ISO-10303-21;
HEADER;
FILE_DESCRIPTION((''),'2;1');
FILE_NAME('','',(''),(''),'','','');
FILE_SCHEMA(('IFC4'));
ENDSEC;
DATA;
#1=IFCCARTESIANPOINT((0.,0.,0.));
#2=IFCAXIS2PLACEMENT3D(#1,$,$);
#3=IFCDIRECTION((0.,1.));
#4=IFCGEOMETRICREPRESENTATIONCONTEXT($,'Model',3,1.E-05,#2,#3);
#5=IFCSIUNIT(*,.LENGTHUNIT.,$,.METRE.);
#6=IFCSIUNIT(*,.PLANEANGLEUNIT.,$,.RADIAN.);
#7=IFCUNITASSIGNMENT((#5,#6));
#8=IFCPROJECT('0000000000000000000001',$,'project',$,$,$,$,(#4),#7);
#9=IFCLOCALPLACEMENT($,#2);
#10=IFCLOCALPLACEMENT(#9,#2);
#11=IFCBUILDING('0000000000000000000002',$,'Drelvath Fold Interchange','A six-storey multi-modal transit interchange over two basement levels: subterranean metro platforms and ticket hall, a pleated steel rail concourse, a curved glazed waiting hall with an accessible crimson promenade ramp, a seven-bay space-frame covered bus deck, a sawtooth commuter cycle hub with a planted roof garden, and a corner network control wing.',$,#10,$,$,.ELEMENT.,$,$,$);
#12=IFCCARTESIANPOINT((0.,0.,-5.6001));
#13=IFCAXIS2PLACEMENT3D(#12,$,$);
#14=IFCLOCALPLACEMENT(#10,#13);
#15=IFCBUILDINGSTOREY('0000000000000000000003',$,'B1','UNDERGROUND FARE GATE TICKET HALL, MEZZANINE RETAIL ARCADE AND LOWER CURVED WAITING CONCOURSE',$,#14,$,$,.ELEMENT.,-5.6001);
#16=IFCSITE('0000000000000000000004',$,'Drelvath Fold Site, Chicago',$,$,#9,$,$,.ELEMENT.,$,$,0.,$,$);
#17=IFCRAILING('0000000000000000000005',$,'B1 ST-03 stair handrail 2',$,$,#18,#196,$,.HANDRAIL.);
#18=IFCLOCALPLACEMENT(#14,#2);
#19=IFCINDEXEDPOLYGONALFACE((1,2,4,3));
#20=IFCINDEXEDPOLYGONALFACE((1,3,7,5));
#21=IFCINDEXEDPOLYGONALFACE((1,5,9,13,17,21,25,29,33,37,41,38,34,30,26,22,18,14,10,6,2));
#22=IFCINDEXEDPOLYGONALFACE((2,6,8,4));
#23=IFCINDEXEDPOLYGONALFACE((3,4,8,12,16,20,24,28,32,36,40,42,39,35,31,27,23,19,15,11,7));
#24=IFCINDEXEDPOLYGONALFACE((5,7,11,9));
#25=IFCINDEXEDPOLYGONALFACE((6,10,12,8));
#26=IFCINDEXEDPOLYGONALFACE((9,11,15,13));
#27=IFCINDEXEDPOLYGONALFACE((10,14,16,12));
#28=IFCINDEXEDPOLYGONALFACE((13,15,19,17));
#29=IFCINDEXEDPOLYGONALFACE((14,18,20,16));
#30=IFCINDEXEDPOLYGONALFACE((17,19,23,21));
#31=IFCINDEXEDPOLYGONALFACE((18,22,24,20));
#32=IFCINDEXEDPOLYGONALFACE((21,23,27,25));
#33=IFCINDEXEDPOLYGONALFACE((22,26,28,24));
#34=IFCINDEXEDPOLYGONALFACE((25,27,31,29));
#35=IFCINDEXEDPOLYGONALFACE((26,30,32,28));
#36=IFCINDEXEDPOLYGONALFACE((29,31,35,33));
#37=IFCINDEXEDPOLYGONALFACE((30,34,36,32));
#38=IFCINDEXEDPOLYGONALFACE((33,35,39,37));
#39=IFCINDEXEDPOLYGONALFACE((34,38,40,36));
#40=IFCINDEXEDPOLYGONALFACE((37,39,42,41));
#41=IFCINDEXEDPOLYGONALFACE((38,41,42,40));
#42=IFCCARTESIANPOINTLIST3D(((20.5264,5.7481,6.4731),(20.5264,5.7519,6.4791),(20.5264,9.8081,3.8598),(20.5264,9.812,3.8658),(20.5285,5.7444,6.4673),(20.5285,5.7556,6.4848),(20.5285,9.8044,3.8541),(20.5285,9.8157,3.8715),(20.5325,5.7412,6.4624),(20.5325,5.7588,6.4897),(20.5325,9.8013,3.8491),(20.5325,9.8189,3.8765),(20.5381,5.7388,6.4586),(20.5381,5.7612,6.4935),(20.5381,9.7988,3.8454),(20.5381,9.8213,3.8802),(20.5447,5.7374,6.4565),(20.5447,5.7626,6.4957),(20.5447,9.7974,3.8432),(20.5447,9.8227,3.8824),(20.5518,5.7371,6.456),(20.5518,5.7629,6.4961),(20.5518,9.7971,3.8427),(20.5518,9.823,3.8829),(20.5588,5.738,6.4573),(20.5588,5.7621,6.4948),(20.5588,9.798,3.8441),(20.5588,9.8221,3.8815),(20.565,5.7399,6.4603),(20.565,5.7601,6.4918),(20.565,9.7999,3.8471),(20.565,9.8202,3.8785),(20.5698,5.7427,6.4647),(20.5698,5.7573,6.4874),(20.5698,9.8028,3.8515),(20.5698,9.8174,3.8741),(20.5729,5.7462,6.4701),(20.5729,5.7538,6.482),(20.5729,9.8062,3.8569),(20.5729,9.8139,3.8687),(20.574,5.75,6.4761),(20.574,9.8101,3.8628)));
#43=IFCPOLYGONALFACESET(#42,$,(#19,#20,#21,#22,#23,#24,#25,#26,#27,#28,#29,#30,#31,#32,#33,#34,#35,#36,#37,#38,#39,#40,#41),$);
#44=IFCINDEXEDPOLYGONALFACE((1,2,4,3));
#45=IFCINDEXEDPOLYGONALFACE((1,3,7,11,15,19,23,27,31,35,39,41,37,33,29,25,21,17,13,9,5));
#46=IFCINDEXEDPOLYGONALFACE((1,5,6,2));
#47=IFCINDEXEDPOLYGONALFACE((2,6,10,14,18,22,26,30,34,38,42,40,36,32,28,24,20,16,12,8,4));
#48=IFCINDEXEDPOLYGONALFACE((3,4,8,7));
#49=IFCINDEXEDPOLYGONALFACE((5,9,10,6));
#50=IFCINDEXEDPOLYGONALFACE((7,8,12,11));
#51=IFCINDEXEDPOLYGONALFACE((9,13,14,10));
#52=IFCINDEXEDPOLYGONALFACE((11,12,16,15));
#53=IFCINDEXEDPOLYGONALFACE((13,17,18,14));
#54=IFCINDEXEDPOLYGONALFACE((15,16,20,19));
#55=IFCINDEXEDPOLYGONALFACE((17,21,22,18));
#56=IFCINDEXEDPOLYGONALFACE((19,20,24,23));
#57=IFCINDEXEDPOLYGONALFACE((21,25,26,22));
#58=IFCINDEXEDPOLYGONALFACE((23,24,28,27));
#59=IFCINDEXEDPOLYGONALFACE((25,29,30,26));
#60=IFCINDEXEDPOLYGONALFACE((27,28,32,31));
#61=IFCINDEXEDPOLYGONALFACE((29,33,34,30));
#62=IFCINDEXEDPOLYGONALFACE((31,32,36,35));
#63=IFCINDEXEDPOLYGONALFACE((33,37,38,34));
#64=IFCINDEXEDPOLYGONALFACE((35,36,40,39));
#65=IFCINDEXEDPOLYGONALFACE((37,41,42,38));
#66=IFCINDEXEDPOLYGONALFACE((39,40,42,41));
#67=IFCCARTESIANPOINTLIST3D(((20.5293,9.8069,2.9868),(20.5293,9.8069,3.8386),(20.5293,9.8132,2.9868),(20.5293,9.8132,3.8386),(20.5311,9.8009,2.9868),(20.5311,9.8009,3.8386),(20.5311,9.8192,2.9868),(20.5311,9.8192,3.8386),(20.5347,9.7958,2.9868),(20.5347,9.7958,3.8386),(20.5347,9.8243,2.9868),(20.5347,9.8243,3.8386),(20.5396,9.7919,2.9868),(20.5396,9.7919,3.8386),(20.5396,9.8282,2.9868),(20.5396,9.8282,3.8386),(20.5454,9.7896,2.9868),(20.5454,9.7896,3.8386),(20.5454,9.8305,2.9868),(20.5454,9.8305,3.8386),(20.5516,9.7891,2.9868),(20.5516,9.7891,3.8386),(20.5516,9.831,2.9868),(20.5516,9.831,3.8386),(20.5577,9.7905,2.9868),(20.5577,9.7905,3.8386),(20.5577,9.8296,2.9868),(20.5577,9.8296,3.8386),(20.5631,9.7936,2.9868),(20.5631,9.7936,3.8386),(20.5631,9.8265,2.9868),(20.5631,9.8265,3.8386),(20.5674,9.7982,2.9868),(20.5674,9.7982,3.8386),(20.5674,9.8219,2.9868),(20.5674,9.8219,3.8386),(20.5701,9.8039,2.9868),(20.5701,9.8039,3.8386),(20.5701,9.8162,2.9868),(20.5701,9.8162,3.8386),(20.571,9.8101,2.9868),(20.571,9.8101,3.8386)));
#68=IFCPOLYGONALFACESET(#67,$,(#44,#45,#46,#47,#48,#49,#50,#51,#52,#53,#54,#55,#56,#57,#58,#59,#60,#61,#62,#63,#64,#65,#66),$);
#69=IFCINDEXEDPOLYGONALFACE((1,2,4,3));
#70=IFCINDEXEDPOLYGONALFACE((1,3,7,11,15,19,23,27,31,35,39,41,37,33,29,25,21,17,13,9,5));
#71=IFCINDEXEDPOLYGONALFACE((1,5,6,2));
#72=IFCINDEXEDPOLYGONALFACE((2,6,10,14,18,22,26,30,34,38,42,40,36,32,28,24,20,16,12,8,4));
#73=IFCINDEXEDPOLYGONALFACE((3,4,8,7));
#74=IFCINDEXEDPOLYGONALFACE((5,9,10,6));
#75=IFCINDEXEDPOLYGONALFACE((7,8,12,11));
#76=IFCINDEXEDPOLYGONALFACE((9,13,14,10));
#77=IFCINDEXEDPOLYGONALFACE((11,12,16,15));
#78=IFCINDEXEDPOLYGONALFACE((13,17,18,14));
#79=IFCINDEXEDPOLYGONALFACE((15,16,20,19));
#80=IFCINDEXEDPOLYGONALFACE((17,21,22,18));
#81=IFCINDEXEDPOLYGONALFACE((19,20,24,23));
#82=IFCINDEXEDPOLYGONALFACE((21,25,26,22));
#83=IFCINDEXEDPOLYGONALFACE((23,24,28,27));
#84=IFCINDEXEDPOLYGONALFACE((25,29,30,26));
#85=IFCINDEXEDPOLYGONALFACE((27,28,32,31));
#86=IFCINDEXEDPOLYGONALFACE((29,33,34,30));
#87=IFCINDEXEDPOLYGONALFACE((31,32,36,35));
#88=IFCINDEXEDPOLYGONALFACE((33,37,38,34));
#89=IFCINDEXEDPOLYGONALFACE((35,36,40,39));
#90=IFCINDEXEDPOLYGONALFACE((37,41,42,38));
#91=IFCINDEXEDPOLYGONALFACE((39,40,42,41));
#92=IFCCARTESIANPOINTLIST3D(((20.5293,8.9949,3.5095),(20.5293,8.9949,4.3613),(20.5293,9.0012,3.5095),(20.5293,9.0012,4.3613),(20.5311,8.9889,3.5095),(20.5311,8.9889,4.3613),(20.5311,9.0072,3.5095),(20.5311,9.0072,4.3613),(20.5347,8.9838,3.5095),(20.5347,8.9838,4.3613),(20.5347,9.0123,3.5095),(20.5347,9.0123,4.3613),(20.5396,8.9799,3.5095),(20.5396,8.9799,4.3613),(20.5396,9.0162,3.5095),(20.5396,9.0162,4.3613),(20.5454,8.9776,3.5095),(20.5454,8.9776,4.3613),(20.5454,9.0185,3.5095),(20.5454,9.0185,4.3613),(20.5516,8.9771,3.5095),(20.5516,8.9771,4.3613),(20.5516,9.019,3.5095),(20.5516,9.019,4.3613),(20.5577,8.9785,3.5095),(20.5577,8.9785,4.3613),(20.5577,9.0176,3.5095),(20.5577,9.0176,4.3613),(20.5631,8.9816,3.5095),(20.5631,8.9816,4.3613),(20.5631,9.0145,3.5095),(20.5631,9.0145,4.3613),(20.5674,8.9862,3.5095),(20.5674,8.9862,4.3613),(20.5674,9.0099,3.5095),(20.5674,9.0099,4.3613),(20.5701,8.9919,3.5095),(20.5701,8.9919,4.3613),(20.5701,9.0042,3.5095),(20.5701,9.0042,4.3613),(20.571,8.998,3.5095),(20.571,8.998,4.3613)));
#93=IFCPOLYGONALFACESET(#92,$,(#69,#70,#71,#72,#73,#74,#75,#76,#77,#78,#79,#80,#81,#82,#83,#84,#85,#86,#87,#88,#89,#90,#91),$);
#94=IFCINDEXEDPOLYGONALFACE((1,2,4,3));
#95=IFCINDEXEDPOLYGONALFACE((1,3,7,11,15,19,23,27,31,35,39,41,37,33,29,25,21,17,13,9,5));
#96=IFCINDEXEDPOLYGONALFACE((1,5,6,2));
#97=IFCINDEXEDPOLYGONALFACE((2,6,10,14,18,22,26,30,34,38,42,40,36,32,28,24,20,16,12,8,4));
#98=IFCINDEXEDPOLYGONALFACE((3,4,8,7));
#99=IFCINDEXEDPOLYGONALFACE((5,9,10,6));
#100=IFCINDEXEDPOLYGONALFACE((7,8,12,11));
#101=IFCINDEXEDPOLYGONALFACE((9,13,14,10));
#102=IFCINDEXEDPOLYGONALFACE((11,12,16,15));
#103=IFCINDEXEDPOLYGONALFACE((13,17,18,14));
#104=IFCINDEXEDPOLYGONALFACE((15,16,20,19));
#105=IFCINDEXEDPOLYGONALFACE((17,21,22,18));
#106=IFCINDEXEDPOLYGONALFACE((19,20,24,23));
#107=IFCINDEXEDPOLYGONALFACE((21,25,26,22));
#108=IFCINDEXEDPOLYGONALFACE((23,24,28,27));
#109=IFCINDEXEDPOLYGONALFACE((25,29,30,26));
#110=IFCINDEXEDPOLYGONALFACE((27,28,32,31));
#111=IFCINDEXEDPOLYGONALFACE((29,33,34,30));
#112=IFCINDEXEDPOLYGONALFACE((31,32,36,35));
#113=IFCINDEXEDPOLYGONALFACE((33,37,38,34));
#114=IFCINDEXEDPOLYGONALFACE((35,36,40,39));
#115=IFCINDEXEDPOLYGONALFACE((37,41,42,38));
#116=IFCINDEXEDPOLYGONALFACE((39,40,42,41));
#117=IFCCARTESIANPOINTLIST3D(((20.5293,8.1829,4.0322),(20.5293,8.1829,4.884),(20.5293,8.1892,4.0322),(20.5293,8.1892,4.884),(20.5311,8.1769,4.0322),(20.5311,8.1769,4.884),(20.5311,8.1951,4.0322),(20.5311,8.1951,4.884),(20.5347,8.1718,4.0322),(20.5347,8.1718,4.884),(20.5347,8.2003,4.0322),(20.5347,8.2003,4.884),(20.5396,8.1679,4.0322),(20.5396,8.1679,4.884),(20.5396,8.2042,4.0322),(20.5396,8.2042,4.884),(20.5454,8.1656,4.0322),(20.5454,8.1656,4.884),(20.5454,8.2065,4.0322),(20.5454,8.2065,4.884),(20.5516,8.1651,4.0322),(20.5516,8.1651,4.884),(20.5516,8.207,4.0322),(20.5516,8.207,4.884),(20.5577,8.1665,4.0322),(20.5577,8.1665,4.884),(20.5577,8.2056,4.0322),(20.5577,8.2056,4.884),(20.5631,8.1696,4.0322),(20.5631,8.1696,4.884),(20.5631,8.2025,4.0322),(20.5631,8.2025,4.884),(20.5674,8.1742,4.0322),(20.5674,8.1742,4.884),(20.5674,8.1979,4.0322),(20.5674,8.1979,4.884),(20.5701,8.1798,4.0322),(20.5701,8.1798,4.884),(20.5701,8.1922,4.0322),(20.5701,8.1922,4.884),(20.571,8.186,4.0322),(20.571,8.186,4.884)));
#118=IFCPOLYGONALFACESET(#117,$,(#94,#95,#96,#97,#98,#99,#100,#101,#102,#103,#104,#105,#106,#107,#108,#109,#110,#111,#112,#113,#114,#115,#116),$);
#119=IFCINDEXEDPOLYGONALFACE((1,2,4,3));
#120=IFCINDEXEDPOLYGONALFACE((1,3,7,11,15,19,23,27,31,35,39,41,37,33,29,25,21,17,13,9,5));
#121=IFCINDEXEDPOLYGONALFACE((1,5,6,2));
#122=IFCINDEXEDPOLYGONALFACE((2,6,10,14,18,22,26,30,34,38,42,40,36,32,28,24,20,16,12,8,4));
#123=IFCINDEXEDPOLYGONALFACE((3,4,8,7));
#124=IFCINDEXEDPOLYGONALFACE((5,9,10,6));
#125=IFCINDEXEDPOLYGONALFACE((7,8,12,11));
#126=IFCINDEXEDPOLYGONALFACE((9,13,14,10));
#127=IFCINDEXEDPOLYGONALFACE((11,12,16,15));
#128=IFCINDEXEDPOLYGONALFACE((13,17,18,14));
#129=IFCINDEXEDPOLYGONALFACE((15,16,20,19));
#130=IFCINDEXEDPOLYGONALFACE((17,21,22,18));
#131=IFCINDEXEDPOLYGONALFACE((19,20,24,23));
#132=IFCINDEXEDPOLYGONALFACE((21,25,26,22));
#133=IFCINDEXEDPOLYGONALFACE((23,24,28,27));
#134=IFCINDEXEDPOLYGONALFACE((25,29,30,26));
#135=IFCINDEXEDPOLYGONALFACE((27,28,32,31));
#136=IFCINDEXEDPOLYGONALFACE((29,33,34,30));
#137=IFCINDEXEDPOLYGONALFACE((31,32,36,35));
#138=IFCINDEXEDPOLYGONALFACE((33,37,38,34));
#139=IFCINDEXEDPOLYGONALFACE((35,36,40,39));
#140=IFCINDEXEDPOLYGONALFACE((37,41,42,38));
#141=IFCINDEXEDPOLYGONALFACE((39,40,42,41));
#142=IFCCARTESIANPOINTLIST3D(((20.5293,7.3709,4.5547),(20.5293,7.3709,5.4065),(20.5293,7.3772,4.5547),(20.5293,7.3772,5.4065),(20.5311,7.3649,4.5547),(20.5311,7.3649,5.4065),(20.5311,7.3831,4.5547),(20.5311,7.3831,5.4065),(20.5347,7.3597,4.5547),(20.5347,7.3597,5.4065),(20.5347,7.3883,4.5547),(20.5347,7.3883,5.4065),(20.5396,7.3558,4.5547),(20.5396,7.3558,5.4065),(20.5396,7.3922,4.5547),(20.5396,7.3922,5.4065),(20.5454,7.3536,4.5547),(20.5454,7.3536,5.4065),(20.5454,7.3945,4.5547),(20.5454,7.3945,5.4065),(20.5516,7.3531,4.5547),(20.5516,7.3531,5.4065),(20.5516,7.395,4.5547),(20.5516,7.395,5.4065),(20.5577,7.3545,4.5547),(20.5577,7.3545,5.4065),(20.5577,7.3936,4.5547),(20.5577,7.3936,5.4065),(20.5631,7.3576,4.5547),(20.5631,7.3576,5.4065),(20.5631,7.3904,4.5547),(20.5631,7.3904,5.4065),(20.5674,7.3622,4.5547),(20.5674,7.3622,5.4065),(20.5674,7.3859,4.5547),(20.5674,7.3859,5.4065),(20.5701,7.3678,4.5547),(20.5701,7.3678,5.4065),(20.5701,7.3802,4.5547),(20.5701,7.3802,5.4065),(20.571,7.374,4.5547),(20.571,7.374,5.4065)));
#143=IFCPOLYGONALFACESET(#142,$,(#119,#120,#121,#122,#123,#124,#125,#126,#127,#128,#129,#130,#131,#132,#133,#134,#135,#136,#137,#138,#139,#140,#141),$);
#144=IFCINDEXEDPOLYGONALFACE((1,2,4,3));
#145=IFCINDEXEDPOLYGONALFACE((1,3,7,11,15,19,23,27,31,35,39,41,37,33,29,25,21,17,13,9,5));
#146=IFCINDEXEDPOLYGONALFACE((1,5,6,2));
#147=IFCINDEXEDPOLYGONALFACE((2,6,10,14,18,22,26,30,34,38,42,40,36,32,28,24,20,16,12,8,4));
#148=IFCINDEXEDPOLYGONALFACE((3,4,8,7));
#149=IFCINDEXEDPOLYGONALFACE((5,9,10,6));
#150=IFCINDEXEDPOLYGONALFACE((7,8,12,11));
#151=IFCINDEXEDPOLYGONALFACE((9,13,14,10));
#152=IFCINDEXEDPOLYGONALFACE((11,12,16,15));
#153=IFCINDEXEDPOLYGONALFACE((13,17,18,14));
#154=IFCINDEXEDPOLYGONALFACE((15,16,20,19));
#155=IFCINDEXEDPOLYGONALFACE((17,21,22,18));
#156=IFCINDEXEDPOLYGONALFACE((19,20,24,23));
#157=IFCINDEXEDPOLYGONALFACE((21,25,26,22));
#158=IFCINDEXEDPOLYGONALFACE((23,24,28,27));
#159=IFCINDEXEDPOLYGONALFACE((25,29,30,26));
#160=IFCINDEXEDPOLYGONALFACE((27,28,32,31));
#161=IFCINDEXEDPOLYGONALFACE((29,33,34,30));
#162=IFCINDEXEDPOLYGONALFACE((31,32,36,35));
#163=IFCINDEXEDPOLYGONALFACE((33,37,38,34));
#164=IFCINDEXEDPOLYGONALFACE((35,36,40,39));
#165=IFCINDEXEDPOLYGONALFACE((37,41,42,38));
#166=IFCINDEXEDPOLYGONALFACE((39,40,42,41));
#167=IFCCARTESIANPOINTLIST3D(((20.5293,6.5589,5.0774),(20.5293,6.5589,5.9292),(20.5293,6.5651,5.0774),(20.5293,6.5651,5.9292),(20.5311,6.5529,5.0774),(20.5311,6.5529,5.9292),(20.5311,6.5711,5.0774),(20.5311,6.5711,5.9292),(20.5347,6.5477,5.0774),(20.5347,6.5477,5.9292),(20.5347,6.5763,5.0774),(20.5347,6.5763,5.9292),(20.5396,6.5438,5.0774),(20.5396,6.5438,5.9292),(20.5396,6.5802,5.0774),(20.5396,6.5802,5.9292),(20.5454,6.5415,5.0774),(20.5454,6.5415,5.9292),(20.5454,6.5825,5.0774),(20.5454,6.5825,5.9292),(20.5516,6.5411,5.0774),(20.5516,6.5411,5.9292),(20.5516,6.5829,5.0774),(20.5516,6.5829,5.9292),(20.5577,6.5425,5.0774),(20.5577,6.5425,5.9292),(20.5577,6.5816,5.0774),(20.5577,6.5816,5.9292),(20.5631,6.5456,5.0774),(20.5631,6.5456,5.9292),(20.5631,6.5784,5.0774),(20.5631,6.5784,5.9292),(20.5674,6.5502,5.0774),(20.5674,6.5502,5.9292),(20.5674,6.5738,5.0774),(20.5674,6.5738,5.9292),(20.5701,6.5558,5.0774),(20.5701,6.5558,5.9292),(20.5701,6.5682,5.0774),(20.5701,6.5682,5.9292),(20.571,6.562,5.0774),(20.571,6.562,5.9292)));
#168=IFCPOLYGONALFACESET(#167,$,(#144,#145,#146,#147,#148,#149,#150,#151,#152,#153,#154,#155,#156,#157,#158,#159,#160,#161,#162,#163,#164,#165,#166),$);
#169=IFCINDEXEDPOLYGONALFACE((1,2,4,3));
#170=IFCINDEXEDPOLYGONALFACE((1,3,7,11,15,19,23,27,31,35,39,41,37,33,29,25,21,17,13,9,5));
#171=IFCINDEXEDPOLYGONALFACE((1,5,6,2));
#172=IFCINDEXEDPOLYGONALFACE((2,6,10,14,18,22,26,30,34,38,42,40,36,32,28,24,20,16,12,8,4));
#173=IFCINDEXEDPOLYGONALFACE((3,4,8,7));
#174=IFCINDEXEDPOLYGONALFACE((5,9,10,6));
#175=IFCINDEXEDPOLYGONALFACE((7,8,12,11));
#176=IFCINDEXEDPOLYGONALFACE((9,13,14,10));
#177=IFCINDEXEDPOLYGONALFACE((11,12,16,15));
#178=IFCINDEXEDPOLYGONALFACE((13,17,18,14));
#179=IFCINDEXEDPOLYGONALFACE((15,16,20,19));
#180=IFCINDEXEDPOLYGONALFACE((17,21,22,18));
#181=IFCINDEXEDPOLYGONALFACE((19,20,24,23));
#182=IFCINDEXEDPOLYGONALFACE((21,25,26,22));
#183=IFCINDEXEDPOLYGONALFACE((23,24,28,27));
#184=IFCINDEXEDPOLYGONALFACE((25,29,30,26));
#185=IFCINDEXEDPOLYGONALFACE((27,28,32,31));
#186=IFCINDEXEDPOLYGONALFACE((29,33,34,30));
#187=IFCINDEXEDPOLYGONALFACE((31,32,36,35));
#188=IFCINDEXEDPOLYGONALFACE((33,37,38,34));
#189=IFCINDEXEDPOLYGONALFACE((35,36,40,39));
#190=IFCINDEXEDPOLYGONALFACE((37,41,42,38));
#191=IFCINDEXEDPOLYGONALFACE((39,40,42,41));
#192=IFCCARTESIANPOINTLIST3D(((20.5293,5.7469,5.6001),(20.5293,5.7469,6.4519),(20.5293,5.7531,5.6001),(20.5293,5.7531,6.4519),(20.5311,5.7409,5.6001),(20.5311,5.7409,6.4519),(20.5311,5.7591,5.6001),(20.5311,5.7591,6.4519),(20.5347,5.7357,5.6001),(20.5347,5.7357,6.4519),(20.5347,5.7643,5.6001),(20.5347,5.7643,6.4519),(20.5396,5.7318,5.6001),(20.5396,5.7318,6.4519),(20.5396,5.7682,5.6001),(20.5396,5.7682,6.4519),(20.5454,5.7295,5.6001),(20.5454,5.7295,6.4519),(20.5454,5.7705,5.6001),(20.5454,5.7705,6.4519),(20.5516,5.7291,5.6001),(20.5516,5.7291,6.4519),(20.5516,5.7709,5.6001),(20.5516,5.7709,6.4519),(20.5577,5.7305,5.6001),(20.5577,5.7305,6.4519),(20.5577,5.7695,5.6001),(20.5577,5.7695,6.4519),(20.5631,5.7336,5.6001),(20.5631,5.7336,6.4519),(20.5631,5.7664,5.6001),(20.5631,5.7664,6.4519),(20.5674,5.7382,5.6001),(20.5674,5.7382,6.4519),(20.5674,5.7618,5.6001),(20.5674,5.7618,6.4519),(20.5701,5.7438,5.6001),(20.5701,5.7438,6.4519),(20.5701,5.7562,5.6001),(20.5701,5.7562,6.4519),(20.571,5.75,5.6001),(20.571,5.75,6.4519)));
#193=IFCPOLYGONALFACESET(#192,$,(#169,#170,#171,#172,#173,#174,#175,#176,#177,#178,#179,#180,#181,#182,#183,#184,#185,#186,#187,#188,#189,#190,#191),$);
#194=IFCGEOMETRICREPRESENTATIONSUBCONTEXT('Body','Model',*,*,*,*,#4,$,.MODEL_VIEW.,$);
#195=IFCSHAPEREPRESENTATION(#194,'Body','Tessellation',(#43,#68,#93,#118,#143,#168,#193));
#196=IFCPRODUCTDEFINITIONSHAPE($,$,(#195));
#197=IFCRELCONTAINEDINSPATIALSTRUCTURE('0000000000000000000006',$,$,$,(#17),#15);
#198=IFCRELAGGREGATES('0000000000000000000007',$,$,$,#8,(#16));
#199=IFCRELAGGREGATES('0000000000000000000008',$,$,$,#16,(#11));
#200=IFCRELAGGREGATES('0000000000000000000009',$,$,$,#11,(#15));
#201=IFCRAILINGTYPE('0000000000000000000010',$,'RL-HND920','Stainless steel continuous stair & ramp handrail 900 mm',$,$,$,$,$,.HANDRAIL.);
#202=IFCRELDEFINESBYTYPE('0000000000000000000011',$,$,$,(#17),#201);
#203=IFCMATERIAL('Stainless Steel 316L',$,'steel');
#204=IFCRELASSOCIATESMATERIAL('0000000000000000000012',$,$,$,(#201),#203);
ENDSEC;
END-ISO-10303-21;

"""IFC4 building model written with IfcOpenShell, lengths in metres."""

from ifc_helpers import new_model, si_unit, direction, frame, origin, origin_2d, place, context, subcontext, project, spatial, circle, extrude, material, type_object, element, save


model = new_model("IFC4")

# Units and contexts
model_context = context("Model", 3, precision=1e-05, world=origin(), true_north=direction((0.0, 1.0)))
body_context = subcontext(model_context, "Body", "Model", "MODEL_VIEW")
ifc_project = project(units=[si_unit("LENGTHUNIT", "METRE"), si_unit("PLANEANGLEUNIT", "RADIAN")], contexts=[model_context])

# Site, building, storey
site_placement = place(None, origin())
site = spatial("IfcSite", under=ifc_project, at=site_placement, Name="Drelvath Fold Site, Chicago", CompositionType="ELEMENT", RefElevation=0.0)
building_placement = place(site_placement, origin())
building = spatial("IfcBuilding", under=site, at=building_placement, Name="Drelvath Fold Interchange", Description="A six-storey multi-modal transit interchange over two basement levels: subterranean metro platforms and ticket hall, a pleated steel rail concourse, a curved glazed waiting hall with an accessible crimson promenade ramp, a seven-bay space-frame covered bus deck, a sawtooth commuter cycle hub with a planted roof garden, and a corner network control wing.", CompositionType="ELEMENT")
storey_placement = place(building_placement, frame((0.0, 0.0, -5.6001)))
storey = spatial("IfcBuildingStorey", under=building, at=storey_placement, Name="B1", Description="UNDERGROUND FARE GATE TICKET HALL, MEZZANINE RETAIL ARCADE AND LOWER CURVED WAITING CONCOURSE", CompositionType="ELEMENT", Elevation=-5.6001)

# Railing
ifc_material_1 = material(Name="Stainless Steel 316L", Category="steel")
railing_type = type_object("IfcRailingType", Name="RL-HND920", Description="Stainless steel continuous stair & ramp handrail 900 mm", PredefinedType="HANDRAIL", material=ifc_material_1)
railing_placement = place(storey_placement, frame((20.55, 9.8101, 2.9868)))
element("IfcRailing", 1, at=railing_placement, inside=storey, type_object=railing_type, Name="B1 ST-03 stair handrail 2", PredefinedType="HANDRAIL", context=body_context, shape_type="SweptSolid", body=[
    extrude(circle(Radius=0.0239, at=origin_2d()), frame((0.0, 0.0, 0.876), z_axis=(0.0, -0.840873, 0.541233), x_axis=(1.0, 0.0, 0.0)), (0.0, 0.0, 1.0), 4.8284),
    extrude(circle(Radius=0.021, at=origin_2d()), origin(), (0.0, 0.0, 1.0), 0.8518),
    extrude(circle(Radius=0.021, at=origin_2d()), frame((0.0, -0.812, 0.5227)), (0.0, 0.0, 1.0), 0.8518),
    extrude(circle(Radius=0.021, at=origin_2d()), frame((0.0, -1.624, 1.0454)), (0.0, 0.0, 1.0), 0.8518),
    extrude(circle(Radius=0.021, at=origin_2d()), frame((0.0, -2.436, 1.5679)), (0.0, 0.0, 1.0), 0.8518),
    extrude(circle(Radius=0.021, at=origin_2d()), frame((0.0, -3.248, 2.0906)), (0.0, 0.0, 1.0), 0.8518),
    extrude(circle(Radius=0.021, at=origin_2d()), frame((0.0, -4.0601, 2.6133)), (0.0, 0.0, 1.0), 0.8518),
])

save(model, "model.ifc")
